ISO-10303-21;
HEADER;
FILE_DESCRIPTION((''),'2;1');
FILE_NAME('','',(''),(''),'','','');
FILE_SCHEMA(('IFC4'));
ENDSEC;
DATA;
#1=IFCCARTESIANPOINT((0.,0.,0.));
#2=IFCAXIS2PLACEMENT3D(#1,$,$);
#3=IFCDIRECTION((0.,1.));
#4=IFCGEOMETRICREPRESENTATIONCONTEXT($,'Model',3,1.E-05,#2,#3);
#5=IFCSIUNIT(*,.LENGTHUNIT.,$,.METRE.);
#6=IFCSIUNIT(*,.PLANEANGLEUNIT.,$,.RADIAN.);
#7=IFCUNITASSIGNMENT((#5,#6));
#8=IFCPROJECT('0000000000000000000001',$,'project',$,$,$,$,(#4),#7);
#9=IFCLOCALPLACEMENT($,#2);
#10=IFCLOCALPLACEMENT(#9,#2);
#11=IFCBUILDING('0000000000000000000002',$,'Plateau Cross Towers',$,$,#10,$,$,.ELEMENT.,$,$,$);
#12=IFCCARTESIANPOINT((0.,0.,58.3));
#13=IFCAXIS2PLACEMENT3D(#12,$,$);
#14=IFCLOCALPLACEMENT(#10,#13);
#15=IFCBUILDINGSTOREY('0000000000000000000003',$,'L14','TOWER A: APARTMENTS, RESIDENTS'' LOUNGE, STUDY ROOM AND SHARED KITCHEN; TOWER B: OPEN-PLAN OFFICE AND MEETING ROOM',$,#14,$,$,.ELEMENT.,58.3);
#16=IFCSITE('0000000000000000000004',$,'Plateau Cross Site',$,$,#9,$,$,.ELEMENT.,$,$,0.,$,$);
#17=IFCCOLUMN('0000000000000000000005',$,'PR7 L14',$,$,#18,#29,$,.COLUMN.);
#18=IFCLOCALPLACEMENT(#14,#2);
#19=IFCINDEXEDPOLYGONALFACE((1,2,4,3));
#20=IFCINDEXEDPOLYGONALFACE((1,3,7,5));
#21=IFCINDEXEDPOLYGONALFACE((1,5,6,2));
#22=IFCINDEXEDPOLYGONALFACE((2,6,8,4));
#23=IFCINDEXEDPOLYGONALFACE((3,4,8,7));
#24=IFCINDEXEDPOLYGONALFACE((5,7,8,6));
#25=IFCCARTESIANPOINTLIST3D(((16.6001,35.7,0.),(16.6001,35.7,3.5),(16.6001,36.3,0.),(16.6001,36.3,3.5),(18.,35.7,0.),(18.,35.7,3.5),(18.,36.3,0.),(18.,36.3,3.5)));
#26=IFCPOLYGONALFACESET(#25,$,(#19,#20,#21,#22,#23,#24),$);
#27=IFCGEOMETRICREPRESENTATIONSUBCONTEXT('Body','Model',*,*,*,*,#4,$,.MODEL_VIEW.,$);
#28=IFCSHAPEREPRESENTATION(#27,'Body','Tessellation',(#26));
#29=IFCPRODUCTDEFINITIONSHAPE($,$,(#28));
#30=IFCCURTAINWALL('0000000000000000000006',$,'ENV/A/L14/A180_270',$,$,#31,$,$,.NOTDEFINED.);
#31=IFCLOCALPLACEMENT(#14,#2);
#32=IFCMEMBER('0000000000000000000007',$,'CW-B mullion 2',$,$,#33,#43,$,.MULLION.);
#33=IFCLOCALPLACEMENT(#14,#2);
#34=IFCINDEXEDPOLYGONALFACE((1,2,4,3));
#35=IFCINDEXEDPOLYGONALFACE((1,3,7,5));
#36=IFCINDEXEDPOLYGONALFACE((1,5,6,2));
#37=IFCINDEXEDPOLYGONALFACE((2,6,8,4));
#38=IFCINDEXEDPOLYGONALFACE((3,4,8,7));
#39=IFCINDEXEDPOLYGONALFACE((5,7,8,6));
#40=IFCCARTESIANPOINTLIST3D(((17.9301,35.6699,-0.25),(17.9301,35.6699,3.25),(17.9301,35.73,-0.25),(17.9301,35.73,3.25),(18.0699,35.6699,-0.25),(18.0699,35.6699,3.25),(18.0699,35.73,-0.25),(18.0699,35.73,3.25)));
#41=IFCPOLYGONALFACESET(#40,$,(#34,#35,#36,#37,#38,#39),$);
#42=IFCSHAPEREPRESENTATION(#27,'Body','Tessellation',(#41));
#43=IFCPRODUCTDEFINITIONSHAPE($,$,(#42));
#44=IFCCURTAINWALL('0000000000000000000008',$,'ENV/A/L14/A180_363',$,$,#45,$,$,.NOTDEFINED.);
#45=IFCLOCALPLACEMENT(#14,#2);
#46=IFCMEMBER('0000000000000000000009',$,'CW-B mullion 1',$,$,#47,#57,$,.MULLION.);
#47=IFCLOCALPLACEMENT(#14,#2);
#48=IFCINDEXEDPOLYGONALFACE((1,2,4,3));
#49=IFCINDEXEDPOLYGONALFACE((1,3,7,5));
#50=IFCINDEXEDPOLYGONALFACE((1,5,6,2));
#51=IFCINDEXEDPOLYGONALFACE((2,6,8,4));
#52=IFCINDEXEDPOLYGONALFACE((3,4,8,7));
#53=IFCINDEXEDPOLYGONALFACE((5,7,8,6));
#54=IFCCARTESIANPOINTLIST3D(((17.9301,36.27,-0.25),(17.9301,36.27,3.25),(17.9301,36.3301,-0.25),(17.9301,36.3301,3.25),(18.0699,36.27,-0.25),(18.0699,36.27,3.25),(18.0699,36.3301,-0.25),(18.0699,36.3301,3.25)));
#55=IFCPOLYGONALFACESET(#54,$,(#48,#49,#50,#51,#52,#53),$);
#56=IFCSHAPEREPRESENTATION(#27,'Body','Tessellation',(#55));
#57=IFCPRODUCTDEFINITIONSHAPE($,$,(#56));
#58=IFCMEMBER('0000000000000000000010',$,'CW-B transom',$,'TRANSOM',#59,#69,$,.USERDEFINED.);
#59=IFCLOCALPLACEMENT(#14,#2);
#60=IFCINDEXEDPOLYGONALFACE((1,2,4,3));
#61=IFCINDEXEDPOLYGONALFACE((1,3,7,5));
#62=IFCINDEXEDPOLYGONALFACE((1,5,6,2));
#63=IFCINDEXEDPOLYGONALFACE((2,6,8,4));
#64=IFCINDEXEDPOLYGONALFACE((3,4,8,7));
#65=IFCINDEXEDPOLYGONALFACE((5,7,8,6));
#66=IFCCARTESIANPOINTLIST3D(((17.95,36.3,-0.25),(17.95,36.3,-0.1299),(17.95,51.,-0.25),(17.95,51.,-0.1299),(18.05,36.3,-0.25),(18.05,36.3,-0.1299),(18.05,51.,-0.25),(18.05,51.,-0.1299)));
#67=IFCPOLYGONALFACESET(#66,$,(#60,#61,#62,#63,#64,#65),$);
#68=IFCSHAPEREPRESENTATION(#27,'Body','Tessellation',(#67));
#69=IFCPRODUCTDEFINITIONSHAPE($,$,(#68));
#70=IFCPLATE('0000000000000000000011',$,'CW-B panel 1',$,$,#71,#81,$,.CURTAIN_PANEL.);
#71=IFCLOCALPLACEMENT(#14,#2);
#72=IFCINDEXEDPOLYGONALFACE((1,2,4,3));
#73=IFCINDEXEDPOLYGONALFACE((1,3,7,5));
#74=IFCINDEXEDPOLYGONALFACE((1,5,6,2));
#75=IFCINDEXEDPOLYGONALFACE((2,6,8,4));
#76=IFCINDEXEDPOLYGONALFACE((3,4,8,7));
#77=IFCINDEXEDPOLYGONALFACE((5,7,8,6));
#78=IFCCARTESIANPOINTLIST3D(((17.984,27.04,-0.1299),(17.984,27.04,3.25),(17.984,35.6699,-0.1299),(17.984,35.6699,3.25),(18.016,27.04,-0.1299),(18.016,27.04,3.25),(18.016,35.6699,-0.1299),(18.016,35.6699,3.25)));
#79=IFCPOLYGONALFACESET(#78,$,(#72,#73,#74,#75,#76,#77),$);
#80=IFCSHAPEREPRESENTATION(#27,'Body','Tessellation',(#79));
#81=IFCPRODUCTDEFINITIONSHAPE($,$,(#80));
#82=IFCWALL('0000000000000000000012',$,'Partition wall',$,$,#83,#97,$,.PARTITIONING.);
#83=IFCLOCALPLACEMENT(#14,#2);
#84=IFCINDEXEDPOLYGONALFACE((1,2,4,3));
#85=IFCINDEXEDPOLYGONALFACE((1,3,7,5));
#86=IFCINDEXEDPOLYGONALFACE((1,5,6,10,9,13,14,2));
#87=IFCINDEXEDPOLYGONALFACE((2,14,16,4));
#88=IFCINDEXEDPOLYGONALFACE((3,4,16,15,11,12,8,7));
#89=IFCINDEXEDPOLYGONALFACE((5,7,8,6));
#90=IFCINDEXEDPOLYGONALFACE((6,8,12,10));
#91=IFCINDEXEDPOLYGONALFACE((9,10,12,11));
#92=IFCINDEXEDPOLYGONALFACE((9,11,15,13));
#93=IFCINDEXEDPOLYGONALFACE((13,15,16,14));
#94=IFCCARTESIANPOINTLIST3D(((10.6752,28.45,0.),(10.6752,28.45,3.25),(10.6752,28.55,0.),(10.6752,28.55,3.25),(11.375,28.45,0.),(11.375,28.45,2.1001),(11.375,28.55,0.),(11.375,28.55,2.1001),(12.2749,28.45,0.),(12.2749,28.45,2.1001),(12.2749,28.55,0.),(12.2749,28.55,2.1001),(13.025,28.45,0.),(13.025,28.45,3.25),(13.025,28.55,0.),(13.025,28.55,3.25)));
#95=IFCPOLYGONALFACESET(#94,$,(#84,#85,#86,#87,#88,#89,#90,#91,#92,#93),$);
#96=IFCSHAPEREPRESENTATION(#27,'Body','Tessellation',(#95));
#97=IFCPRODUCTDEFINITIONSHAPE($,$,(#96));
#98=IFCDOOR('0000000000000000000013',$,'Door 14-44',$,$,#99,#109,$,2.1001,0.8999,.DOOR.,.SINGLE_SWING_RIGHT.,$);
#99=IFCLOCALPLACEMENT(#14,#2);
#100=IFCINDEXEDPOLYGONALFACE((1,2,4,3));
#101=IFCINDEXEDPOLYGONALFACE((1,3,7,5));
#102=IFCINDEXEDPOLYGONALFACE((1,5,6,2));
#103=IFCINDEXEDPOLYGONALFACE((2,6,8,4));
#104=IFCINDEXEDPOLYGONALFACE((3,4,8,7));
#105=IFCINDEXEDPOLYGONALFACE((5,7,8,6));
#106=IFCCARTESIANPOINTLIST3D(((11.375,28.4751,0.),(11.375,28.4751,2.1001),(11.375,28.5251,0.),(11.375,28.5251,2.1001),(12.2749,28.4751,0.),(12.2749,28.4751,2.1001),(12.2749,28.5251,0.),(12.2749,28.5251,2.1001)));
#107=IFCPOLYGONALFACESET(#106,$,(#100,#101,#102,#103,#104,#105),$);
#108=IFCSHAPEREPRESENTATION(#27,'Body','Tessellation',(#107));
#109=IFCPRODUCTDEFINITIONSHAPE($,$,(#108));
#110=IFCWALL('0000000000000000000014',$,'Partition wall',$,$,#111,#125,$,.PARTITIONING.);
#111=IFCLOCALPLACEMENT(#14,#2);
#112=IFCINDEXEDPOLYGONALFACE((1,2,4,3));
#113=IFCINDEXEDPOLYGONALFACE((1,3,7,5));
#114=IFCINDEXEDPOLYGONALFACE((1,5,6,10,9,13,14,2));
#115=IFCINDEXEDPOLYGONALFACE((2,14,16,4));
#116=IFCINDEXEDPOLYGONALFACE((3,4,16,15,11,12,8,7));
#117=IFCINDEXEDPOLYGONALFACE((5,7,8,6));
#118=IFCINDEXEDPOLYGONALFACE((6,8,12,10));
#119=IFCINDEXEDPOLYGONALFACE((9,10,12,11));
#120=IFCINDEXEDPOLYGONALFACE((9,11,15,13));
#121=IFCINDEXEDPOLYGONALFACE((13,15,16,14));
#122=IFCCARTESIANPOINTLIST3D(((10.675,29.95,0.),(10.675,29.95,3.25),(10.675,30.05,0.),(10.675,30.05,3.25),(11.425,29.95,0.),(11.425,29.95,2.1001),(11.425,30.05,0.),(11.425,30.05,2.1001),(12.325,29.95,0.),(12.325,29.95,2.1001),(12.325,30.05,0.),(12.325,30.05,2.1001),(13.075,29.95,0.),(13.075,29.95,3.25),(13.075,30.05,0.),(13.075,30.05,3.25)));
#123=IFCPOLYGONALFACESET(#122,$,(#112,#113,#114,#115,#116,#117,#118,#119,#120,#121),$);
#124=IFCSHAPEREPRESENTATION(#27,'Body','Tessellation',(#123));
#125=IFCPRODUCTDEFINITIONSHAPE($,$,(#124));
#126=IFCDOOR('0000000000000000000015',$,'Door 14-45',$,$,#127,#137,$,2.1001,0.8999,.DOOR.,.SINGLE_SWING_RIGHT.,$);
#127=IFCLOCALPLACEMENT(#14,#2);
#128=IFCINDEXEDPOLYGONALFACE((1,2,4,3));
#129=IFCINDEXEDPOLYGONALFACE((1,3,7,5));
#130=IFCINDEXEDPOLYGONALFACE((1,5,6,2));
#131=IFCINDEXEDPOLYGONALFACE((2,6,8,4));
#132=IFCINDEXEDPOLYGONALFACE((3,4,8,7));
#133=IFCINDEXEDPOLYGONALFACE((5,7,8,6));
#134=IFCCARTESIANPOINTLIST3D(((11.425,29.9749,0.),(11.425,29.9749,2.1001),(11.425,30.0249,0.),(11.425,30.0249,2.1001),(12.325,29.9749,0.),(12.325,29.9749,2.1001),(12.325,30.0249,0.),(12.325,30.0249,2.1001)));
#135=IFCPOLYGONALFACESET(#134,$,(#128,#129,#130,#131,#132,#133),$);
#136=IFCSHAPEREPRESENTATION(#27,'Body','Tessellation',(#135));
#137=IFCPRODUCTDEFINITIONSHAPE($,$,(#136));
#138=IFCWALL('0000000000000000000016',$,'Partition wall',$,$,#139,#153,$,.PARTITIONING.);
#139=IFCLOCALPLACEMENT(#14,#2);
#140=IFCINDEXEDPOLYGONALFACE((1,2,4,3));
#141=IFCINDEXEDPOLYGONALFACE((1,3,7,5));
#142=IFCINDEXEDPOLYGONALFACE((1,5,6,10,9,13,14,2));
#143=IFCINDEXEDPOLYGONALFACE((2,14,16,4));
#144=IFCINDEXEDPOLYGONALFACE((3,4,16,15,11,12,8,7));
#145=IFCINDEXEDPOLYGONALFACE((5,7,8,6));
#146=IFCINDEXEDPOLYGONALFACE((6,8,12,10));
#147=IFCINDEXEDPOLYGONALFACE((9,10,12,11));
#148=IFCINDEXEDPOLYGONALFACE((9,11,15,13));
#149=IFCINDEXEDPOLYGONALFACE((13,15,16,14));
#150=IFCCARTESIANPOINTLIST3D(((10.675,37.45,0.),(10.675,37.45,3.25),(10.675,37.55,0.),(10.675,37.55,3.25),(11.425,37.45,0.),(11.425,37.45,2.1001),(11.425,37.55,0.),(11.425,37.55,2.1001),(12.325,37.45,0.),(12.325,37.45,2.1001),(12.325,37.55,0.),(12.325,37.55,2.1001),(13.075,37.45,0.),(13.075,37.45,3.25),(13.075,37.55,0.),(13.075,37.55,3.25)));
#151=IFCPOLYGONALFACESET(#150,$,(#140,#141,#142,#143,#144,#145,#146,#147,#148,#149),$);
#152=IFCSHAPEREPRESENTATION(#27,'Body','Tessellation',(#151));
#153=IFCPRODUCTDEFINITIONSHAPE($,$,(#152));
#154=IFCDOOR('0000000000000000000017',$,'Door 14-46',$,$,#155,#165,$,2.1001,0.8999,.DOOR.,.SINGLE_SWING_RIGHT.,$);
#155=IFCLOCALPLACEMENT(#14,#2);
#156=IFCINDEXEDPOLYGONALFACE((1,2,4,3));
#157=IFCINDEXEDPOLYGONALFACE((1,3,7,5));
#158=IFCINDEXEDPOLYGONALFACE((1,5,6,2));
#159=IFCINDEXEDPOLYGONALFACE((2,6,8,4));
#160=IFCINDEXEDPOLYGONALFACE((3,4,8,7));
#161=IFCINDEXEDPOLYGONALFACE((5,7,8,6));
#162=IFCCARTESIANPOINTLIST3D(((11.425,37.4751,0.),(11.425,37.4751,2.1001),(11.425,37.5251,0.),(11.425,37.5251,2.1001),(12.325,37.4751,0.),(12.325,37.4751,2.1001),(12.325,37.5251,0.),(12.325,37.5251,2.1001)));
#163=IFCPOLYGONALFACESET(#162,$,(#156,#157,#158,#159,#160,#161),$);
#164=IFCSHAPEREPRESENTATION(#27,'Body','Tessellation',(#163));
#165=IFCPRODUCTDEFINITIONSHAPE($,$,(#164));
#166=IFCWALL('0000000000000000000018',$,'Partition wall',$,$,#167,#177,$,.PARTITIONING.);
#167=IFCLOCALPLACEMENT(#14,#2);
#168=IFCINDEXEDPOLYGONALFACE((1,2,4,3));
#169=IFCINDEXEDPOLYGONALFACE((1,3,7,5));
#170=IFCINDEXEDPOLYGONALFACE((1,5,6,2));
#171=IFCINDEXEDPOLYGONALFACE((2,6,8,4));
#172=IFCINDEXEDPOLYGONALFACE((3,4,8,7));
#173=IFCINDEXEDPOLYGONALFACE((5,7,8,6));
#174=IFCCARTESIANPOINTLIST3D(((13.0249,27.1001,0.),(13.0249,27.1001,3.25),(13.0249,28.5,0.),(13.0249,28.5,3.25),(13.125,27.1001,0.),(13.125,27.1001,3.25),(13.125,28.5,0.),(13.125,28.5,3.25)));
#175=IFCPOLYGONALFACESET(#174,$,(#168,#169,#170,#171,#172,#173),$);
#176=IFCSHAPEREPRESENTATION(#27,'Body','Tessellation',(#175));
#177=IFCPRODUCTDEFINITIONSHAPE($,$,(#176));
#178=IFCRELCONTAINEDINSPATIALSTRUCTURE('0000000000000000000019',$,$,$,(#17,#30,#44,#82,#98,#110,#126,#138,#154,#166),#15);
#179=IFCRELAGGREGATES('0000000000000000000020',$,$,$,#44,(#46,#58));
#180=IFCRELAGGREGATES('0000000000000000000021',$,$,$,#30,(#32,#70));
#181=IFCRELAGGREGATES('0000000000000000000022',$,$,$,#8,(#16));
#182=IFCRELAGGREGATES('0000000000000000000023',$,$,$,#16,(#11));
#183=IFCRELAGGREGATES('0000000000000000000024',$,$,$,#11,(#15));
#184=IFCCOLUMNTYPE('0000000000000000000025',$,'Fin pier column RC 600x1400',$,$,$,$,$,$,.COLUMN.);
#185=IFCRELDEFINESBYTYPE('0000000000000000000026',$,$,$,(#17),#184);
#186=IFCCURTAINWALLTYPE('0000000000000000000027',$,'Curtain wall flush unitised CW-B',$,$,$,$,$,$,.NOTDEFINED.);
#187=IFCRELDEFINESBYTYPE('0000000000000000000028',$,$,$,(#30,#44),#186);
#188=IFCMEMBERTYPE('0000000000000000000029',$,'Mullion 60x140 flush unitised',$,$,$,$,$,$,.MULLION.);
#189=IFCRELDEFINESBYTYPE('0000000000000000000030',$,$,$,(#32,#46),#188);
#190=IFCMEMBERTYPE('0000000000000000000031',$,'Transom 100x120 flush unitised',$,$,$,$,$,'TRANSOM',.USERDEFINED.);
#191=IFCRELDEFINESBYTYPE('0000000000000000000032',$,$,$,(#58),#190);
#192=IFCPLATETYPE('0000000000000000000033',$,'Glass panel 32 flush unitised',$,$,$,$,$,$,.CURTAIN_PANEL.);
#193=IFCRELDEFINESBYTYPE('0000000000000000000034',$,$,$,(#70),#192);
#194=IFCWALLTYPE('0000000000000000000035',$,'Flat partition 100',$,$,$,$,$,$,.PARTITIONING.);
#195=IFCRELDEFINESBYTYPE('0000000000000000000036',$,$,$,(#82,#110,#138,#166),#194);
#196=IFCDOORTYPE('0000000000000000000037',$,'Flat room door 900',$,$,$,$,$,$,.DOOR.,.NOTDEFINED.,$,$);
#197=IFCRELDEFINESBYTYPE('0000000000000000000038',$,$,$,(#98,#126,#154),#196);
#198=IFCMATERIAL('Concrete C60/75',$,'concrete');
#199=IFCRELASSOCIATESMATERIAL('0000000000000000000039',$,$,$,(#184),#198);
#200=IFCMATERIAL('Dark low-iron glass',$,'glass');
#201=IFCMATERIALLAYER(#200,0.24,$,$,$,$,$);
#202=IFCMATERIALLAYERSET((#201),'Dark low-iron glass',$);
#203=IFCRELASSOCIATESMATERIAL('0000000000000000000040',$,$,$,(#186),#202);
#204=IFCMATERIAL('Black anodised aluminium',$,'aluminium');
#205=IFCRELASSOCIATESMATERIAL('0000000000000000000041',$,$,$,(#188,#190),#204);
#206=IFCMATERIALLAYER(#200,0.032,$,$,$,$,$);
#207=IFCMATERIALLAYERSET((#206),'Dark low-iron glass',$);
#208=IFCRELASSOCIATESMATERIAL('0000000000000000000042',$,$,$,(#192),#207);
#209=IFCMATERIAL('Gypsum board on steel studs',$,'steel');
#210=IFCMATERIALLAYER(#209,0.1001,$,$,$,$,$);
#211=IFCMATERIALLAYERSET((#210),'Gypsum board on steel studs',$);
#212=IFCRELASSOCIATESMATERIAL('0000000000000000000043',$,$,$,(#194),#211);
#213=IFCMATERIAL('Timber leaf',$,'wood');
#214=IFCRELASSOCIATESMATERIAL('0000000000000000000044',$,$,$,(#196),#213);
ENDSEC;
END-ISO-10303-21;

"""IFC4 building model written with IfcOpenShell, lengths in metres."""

from ifc_helpers import new_model, si_unit, direction, frame, frame_2d, origin, origin_2d, place, context, subcontext, project, spatial, rectangle, extrude, material, layer, layer_set, material_profile, profile_set, type_object, element, fill, aggregate, save


model = new_model("IFC4")

# Units and contexts
model_context = context("Model", 3, precision=1e-05, world=origin(), true_north=direction((0.0, 1.0)))
body_context = subcontext(model_context, "Body", "Model", "MODEL_VIEW")
ifc_project = project(units=[si_unit("LENGTHUNIT", "METRE"), si_unit("PLANEANGLEUNIT", "RADIAN")], contexts=[model_context])

# Site, building, storey
site_placement = place(None, origin())
site = spatial("IfcSite", under=ifc_project, at=site_placement, Name="Plateau Cross Site", CompositionType="ELEMENT", RefElevation=0.0)
building_placement = place(site_placement, origin())
building = spatial("IfcBuilding", under=site, at=building_placement, Name="Plateau Cross Towers", CompositionType="ELEMENT")
storey_placement = place(building_placement, frame((0.0, 0.0, 58.3)))
storey = spatial("IfcBuildingStorey", under=building, at=storey_placement, Name="L14", Description="TOWER A: APARTMENTS, RESIDENTS' LOUNGE, STUDY ROOM AND SHARED KITCHEN; TOWER B: OPEN-PLAN OFFICE AND MEETING ROOM", CompositionType="ELEMENT", Elevation=58.3)

# Column
ifc_material_1 = material(Name="Concrete C60/75", Category="concrete")
ifc_material_profile_1 = material_profile(ifc_material_1, rectangle(XDim=0.6001, YDim=1.3999, at=origin_2d()), Name="RC 600x1400")
ifc_profile_set_1 = profile_set([ifc_material_profile_1], Name="Concrete C60/75")
column_type = type_object("IfcColumnType", Name="Fin pier column RC 600x1400", PredefinedType="COLUMN", material=ifc_profile_set_1)
column_placement = place(storey_placement, frame((17.3, 36.0, 0.0), z_axis=(0.0, 0.0, 1.0), x_axis=(0.0, 1.0, 0.0)))
element("IfcColumn", 1, at=column_placement, inside=storey, type_object=column_type, Name="PR7 L14", PredefinedType="COLUMN", context=body_context, shape_type="SweptSolid", body=[
    extrude(rectangle(XDim=0.6001, YDim=1.3999, at=origin_2d()), origin(), (0.0, 0.0, 1.0), 3.5),
])

# Curtain wall, member
ifc_material_2 = material(Name="Dark low-iron glass", Category="glass")
ifc_layer_1 = layer(ifc_material_2, 0.24)
ifc_layer_set_1 = layer_set([ifc_layer_1], Name="Dark low-iron glass")
curtain_wall_type = type_object("IfcCurtainWallType", Name="Curtain wall flush unitised CW-B", PredefinedType="NOTDEFINED", material=ifc_layer_set_1)
curtain_wall_1_placement = place(storey_placement, origin())
curtain_wall_1 = element("IfcCurtainWall", 2, at=curtain_wall_1_placement, inside=storey, type_object=curtain_wall_type, Name="ENV/A/L14/A180_270", PredefinedType="NOTDEFINED")
ifc_material_3 = material(Name="Black anodised aluminium", Category="aluminium")
ifc_material_profile_2 = material_profile(ifc_material_3, rectangle(XDim=0.0601, YDim=0.1399, at=origin_2d()), Name="MULLION 60x140")
ifc_profile_set_2 = profile_set([ifc_material_profile_2], Name="Black anodised aluminium")
member_type_1 = type_object("IfcMemberType", Name="Mullion 60x140 flush unitised", PredefinedType="MULLION", material=ifc_profile_set_2)
member_1_placement = place(storey_placement, frame((18.0, 35.7, -0.25), z_axis=(0.0, 0.0, 1.0), x_axis=(0.0, 1.0, 0.0)))
member_1 = element("IfcMember", 3, at=member_1_placement, type_object=member_type_1, Name="CW-B mullion 2", PredefinedType="MULLION", context=body_context, shape_type="SweptSolid", body=[
    extrude(rectangle(XDim=0.0601, YDim=0.1399, at=origin_2d()), origin(), (0.0, 0.0, 1.0), 3.5),
])

# Curtain wall, members
curtain_wall_2_placement = place(storey_placement, origin())
curtain_wall_2 = element("IfcCurtainWall", 4, at=curtain_wall_2_placement, inside=storey, type_object=curtain_wall_type, Name="ENV/A/L14/A180_363", PredefinedType="NOTDEFINED")
member_2_placement = place(storey_placement, frame((18.0, 36.3, -0.25), z_axis=(0.0, 0.0, 1.0), x_axis=(0.0, 1.0, 0.0)))
member_2 = element("IfcMember", 5, at=member_2_placement, type_object=member_type_1, Name="CW-B mullion 1", PredefinedType="MULLION", context=body_context, shape_type="SweptSolid", body=[
    extrude(rectangle(XDim=0.0601, YDim=0.1399, at=origin_2d()), origin(), (0.0, 0.0, 1.0), 3.5),
])
ifc_material_profile_3 = material_profile(ifc_material_3, rectangle(XDim=0.1001, YDim=0.1201, at=origin_2d()), Name="TRANSOM 100x120")
ifc_profile_set_3 = profile_set([ifc_material_profile_3], Name="Black anodised aluminium")
member_type_2 = type_object("IfcMemberType", Name="Transom 100x120 flush unitised", ElementType="TRANSOM", PredefinedType="USERDEFINED", material=ifc_profile_set_3)
member_3_placement = place(storey_placement, frame((18.0, 36.3, -0.1899), z_axis=(0.0, 1.0, 0.0), x_axis=(-1.0, 0.0, 0.0)))
member_3 = element("IfcMember", 6, at=member_3_placement, type_object=member_type_2, Name="CW-B transom", ObjectType="TRANSOM", PredefinedType="USERDEFINED", context=body_context, shape_type="SweptSolid", body=[
    extrude(rectangle(XDim=0.1001, YDim=0.1201, at=origin_2d()), origin(), (0.0, 0.0, 1.0), 14.7),
])
aggregate(curtain_wall_2, [member_2, member_3])

# Plate
ifc_layer_2 = layer(ifc_material_2, 0.032)
ifc_layer_set_2 = layer_set([ifc_layer_2], Name="Dark low-iron glass")
plate_type = type_object("IfcPlateType", Name="Glass panel 32 flush unitised", PredefinedType="CURTAIN_PANEL", material=ifc_layer_set_2)
plate_placement = place(storey_placement, frame((18.0, 31.355, -0.1299), z_axis=(0.0, 0.0, 1.0), x_axis=(0.0, 1.0, 0.0)))
plate = element("IfcPlate", 7, at=plate_placement, type_object=plate_type, Name="CW-B panel 1", PredefinedType="CURTAIN_PANEL", context=body_context, shape_type="SweptSolid", body=[
    extrude(rectangle(XDim=8.6299, YDim=0.032, at=origin_2d()), origin(), (0.0, 0.0, 1.0), 3.3799),
])
aggregate(curtain_wall_1, [member_1, plate])

# Walls, openings, doors
ifc_material_4 = material(Name="Gypsum board on steel studs", Category="steel")
ifc_layer_3 = layer(ifc_material_4, 0.1001)
ifc_layer_set_3 = layer_set([ifc_layer_3], Name="Gypsum board on steel studs")
wall_type_1 = type_object("IfcWallType", Name="Flat partition 100", PredefinedType="PARTITIONING", material=ifc_layer_set_3)
wall_1_placement = place(storey_placement, frame((13.0249, 28.5, 0.0), z_axis=(0.0, 0.0, 1.0), x_axis=(-1.0, 0.0, 0.0)))
wall_1 = element("IfcWall", 8, at=wall_1_placement, inside=storey, type_object=wall_type_1, Name="Partition wall", PredefinedType="PARTITIONING", context=body_context, shape_type="SweptSolid", body=[
    extrude(rectangle(XDim=2.3499, YDim=0.1001, at=frame_2d((1.1748, 0.0))), origin(), (0.0, 0.0, 1.0), 3.25),
])
opening_1_placement = place(wall_1_placement, frame((0.75, 0.0, 0.0)))
opening_1 = element("IfcOpeningElement", 9, at=opening_1_placement, cuts=wall_1, PredefinedType="OPENING", context=body_context, shape_type="SweptSolid", body=[
    extrude(rectangle(XDim=0.8999, YDim=2.1001, at=frame_2d((0.45, 1.05))), frame((0.0, 0.0601, 0.0), z_axis=(0.0, -1.0, 0.0), x_axis=(1.0, 0.0, 0.0)), (0.0, 0.0, 1.0), 0.1201),
])
ifc_material_5 = material(Name="Timber leaf", Category="wood")
door_type = type_object("IfcDoorType", Name="Flat room door 900", OperationType="NOTDEFINED", PredefinedType="DOOR", material=ifc_material_5)
door_1_placement = place(opening_1_placement, origin())
door_1 = element("IfcDoor", 10, at=door_1_placement, inside=storey, type_object=door_type, Name="Door 14-44", OperationType="SINGLE_SWING_RIGHT", OverallHeight=2.1001, OverallWidth=0.8999, PredefinedType="DOOR", context=body_context, shape_type="SweptSolid", body=[
    extrude(rectangle(XDim=0.8999, YDim=2.1001, at=frame_2d((0.45, 1.05))), frame((0.0, 0.0249, 0.0), z_axis=(0.0, -1.0, 0.0), x_axis=(1.0, 0.0, 0.0)), (0.0, 0.0, 1.0), 0.05),
])
fill(opening_1, door_1)
wall_2_placement = place(storey_placement, frame((10.675, 30.0, 0.0), z_axis=(0.0, 0.0, 1.0), x_axis=(1.0, 0.0, 0.0)))
wall_2 = element("IfcWall", 11, at=wall_2_placement, inside=storey, type_object=wall_type_1, Name="Partition wall", PredefinedType="PARTITIONING", context=body_context, shape_type="SweptSolid", body=[
    extrude(rectangle(XDim=2.3999, YDim=0.1001, at=frame_2d((1.2, 0.0))), origin(), (0.0, 0.0, 1.0), 3.25),
])
opening_2_placement = place(wall_2_placement, frame((0.75, 0.0, 0.0)))
opening_2 = element("IfcOpeningElement", 12, at=opening_2_placement, cuts=wall_2, PredefinedType="OPENING", context=body_context, shape_type="SweptSolid", body=[
    extrude(rectangle(XDim=0.8999, YDim=2.1001, at=frame_2d((0.45, 1.05))), frame((0.0, 0.0601, 0.0), z_axis=(0.0, -1.0, 0.0), x_axis=(1.0, 0.0, 0.0)), (0.0, 0.0, 1.0), 0.1201),
])
door_2_placement = place(opening_2_placement, origin())
door_2 = element("IfcDoor", 13, at=door_2_placement, inside=storey, type_object=door_type, Name="Door 14-45", OperationType="SINGLE_SWING_RIGHT", OverallHeight=2.1001, OverallWidth=0.8999, PredefinedType="DOOR", context=body_context, shape_type="SweptSolid", body=[
    extrude(rectangle(XDim=0.8999, YDim=2.1001, at=frame_2d((0.45, 1.05))), frame((0.0, 0.0249, 0.0), z_axis=(0.0, -1.0, 0.0), x_axis=(1.0, 0.0, 0.0)), (0.0, 0.0, 1.0), 0.05),
])
fill(opening_2, door_2)
wall_3_placement = place(storey_placement, frame((13.075, 37.5, 0.0), z_axis=(0.0, 0.0, 1.0), x_axis=(-1.0, 0.0, 0.0)))
wall_3 = element("IfcWall", 14, at=wall_3_placement, inside=storey, type_object=wall_type_1, Name="Partition wall", PredefinedType="PARTITIONING", context=body_context, shape_type="SweptSolid", body=[
    extrude(rectangle(XDim=2.3999, YDim=0.1001, at=frame_2d((1.2, 0.0))), origin(), (0.0, 0.0, 1.0), 3.25),
])
opening_3_placement = place(wall_3_placement, frame((0.75, 0.0, 0.0)))
opening_3 = element("IfcOpeningElement", 15, at=opening_3_placement, cuts=wall_3, PredefinedType="OPENING", context=body_context, shape_type="SweptSolid", body=[
    extrude(rectangle(XDim=0.8999, YDim=2.1001, at=frame_2d((0.45, 1.05))), frame((0.0, 0.0601, 0.0), z_axis=(0.0, -1.0, 0.0), x_axis=(1.0, 0.0, 0.0)), (0.0, 0.0, 1.0), 0.1201),
])
door_3_placement = place(opening_3_placement, origin())
door_3 = element("IfcDoor", 16, at=door_3_placement, inside=storey, type_object=door_type, Name="Door 14-46", OperationType="SINGLE_SWING_RIGHT", OverallHeight=2.1001, OverallWidth=0.8999, PredefinedType="DOOR", context=body_context, shape_type="SweptSolid", body=[
    extrude(rectangle(XDim=0.8999, YDim=2.1001, at=frame_2d((0.45, 1.05))), frame((0.0, 0.0249, 0.0), z_axis=(0.0, -1.0, 0.0), x_axis=(1.0, 0.0, 0.0)), (0.0, 0.0, 1.0), 0.05),
])
fill(opening_3, door_3)

# Wall
wall_4_placement = place(storey_placement, frame((13.075, 27.1001, 0.0), z_axis=(0.0, 0.0, 1.0), x_axis=(0.0, 1.0, 0.0)))
element("IfcWall", 17, at=wall_4_placement, inside=storey, type_object=wall_type_1, Name="Partition wall", PredefinedType="PARTITIONING", context=body_context, shape_type="SweptSolid", body=[
    extrude(rectangle(XDim=1.3999, YDim=0.1001, at=frame_2d((0.7, 0.0))), origin(), (0.0, 0.0, 1.0), 3.25),
])

save(model, "model.ifc")
